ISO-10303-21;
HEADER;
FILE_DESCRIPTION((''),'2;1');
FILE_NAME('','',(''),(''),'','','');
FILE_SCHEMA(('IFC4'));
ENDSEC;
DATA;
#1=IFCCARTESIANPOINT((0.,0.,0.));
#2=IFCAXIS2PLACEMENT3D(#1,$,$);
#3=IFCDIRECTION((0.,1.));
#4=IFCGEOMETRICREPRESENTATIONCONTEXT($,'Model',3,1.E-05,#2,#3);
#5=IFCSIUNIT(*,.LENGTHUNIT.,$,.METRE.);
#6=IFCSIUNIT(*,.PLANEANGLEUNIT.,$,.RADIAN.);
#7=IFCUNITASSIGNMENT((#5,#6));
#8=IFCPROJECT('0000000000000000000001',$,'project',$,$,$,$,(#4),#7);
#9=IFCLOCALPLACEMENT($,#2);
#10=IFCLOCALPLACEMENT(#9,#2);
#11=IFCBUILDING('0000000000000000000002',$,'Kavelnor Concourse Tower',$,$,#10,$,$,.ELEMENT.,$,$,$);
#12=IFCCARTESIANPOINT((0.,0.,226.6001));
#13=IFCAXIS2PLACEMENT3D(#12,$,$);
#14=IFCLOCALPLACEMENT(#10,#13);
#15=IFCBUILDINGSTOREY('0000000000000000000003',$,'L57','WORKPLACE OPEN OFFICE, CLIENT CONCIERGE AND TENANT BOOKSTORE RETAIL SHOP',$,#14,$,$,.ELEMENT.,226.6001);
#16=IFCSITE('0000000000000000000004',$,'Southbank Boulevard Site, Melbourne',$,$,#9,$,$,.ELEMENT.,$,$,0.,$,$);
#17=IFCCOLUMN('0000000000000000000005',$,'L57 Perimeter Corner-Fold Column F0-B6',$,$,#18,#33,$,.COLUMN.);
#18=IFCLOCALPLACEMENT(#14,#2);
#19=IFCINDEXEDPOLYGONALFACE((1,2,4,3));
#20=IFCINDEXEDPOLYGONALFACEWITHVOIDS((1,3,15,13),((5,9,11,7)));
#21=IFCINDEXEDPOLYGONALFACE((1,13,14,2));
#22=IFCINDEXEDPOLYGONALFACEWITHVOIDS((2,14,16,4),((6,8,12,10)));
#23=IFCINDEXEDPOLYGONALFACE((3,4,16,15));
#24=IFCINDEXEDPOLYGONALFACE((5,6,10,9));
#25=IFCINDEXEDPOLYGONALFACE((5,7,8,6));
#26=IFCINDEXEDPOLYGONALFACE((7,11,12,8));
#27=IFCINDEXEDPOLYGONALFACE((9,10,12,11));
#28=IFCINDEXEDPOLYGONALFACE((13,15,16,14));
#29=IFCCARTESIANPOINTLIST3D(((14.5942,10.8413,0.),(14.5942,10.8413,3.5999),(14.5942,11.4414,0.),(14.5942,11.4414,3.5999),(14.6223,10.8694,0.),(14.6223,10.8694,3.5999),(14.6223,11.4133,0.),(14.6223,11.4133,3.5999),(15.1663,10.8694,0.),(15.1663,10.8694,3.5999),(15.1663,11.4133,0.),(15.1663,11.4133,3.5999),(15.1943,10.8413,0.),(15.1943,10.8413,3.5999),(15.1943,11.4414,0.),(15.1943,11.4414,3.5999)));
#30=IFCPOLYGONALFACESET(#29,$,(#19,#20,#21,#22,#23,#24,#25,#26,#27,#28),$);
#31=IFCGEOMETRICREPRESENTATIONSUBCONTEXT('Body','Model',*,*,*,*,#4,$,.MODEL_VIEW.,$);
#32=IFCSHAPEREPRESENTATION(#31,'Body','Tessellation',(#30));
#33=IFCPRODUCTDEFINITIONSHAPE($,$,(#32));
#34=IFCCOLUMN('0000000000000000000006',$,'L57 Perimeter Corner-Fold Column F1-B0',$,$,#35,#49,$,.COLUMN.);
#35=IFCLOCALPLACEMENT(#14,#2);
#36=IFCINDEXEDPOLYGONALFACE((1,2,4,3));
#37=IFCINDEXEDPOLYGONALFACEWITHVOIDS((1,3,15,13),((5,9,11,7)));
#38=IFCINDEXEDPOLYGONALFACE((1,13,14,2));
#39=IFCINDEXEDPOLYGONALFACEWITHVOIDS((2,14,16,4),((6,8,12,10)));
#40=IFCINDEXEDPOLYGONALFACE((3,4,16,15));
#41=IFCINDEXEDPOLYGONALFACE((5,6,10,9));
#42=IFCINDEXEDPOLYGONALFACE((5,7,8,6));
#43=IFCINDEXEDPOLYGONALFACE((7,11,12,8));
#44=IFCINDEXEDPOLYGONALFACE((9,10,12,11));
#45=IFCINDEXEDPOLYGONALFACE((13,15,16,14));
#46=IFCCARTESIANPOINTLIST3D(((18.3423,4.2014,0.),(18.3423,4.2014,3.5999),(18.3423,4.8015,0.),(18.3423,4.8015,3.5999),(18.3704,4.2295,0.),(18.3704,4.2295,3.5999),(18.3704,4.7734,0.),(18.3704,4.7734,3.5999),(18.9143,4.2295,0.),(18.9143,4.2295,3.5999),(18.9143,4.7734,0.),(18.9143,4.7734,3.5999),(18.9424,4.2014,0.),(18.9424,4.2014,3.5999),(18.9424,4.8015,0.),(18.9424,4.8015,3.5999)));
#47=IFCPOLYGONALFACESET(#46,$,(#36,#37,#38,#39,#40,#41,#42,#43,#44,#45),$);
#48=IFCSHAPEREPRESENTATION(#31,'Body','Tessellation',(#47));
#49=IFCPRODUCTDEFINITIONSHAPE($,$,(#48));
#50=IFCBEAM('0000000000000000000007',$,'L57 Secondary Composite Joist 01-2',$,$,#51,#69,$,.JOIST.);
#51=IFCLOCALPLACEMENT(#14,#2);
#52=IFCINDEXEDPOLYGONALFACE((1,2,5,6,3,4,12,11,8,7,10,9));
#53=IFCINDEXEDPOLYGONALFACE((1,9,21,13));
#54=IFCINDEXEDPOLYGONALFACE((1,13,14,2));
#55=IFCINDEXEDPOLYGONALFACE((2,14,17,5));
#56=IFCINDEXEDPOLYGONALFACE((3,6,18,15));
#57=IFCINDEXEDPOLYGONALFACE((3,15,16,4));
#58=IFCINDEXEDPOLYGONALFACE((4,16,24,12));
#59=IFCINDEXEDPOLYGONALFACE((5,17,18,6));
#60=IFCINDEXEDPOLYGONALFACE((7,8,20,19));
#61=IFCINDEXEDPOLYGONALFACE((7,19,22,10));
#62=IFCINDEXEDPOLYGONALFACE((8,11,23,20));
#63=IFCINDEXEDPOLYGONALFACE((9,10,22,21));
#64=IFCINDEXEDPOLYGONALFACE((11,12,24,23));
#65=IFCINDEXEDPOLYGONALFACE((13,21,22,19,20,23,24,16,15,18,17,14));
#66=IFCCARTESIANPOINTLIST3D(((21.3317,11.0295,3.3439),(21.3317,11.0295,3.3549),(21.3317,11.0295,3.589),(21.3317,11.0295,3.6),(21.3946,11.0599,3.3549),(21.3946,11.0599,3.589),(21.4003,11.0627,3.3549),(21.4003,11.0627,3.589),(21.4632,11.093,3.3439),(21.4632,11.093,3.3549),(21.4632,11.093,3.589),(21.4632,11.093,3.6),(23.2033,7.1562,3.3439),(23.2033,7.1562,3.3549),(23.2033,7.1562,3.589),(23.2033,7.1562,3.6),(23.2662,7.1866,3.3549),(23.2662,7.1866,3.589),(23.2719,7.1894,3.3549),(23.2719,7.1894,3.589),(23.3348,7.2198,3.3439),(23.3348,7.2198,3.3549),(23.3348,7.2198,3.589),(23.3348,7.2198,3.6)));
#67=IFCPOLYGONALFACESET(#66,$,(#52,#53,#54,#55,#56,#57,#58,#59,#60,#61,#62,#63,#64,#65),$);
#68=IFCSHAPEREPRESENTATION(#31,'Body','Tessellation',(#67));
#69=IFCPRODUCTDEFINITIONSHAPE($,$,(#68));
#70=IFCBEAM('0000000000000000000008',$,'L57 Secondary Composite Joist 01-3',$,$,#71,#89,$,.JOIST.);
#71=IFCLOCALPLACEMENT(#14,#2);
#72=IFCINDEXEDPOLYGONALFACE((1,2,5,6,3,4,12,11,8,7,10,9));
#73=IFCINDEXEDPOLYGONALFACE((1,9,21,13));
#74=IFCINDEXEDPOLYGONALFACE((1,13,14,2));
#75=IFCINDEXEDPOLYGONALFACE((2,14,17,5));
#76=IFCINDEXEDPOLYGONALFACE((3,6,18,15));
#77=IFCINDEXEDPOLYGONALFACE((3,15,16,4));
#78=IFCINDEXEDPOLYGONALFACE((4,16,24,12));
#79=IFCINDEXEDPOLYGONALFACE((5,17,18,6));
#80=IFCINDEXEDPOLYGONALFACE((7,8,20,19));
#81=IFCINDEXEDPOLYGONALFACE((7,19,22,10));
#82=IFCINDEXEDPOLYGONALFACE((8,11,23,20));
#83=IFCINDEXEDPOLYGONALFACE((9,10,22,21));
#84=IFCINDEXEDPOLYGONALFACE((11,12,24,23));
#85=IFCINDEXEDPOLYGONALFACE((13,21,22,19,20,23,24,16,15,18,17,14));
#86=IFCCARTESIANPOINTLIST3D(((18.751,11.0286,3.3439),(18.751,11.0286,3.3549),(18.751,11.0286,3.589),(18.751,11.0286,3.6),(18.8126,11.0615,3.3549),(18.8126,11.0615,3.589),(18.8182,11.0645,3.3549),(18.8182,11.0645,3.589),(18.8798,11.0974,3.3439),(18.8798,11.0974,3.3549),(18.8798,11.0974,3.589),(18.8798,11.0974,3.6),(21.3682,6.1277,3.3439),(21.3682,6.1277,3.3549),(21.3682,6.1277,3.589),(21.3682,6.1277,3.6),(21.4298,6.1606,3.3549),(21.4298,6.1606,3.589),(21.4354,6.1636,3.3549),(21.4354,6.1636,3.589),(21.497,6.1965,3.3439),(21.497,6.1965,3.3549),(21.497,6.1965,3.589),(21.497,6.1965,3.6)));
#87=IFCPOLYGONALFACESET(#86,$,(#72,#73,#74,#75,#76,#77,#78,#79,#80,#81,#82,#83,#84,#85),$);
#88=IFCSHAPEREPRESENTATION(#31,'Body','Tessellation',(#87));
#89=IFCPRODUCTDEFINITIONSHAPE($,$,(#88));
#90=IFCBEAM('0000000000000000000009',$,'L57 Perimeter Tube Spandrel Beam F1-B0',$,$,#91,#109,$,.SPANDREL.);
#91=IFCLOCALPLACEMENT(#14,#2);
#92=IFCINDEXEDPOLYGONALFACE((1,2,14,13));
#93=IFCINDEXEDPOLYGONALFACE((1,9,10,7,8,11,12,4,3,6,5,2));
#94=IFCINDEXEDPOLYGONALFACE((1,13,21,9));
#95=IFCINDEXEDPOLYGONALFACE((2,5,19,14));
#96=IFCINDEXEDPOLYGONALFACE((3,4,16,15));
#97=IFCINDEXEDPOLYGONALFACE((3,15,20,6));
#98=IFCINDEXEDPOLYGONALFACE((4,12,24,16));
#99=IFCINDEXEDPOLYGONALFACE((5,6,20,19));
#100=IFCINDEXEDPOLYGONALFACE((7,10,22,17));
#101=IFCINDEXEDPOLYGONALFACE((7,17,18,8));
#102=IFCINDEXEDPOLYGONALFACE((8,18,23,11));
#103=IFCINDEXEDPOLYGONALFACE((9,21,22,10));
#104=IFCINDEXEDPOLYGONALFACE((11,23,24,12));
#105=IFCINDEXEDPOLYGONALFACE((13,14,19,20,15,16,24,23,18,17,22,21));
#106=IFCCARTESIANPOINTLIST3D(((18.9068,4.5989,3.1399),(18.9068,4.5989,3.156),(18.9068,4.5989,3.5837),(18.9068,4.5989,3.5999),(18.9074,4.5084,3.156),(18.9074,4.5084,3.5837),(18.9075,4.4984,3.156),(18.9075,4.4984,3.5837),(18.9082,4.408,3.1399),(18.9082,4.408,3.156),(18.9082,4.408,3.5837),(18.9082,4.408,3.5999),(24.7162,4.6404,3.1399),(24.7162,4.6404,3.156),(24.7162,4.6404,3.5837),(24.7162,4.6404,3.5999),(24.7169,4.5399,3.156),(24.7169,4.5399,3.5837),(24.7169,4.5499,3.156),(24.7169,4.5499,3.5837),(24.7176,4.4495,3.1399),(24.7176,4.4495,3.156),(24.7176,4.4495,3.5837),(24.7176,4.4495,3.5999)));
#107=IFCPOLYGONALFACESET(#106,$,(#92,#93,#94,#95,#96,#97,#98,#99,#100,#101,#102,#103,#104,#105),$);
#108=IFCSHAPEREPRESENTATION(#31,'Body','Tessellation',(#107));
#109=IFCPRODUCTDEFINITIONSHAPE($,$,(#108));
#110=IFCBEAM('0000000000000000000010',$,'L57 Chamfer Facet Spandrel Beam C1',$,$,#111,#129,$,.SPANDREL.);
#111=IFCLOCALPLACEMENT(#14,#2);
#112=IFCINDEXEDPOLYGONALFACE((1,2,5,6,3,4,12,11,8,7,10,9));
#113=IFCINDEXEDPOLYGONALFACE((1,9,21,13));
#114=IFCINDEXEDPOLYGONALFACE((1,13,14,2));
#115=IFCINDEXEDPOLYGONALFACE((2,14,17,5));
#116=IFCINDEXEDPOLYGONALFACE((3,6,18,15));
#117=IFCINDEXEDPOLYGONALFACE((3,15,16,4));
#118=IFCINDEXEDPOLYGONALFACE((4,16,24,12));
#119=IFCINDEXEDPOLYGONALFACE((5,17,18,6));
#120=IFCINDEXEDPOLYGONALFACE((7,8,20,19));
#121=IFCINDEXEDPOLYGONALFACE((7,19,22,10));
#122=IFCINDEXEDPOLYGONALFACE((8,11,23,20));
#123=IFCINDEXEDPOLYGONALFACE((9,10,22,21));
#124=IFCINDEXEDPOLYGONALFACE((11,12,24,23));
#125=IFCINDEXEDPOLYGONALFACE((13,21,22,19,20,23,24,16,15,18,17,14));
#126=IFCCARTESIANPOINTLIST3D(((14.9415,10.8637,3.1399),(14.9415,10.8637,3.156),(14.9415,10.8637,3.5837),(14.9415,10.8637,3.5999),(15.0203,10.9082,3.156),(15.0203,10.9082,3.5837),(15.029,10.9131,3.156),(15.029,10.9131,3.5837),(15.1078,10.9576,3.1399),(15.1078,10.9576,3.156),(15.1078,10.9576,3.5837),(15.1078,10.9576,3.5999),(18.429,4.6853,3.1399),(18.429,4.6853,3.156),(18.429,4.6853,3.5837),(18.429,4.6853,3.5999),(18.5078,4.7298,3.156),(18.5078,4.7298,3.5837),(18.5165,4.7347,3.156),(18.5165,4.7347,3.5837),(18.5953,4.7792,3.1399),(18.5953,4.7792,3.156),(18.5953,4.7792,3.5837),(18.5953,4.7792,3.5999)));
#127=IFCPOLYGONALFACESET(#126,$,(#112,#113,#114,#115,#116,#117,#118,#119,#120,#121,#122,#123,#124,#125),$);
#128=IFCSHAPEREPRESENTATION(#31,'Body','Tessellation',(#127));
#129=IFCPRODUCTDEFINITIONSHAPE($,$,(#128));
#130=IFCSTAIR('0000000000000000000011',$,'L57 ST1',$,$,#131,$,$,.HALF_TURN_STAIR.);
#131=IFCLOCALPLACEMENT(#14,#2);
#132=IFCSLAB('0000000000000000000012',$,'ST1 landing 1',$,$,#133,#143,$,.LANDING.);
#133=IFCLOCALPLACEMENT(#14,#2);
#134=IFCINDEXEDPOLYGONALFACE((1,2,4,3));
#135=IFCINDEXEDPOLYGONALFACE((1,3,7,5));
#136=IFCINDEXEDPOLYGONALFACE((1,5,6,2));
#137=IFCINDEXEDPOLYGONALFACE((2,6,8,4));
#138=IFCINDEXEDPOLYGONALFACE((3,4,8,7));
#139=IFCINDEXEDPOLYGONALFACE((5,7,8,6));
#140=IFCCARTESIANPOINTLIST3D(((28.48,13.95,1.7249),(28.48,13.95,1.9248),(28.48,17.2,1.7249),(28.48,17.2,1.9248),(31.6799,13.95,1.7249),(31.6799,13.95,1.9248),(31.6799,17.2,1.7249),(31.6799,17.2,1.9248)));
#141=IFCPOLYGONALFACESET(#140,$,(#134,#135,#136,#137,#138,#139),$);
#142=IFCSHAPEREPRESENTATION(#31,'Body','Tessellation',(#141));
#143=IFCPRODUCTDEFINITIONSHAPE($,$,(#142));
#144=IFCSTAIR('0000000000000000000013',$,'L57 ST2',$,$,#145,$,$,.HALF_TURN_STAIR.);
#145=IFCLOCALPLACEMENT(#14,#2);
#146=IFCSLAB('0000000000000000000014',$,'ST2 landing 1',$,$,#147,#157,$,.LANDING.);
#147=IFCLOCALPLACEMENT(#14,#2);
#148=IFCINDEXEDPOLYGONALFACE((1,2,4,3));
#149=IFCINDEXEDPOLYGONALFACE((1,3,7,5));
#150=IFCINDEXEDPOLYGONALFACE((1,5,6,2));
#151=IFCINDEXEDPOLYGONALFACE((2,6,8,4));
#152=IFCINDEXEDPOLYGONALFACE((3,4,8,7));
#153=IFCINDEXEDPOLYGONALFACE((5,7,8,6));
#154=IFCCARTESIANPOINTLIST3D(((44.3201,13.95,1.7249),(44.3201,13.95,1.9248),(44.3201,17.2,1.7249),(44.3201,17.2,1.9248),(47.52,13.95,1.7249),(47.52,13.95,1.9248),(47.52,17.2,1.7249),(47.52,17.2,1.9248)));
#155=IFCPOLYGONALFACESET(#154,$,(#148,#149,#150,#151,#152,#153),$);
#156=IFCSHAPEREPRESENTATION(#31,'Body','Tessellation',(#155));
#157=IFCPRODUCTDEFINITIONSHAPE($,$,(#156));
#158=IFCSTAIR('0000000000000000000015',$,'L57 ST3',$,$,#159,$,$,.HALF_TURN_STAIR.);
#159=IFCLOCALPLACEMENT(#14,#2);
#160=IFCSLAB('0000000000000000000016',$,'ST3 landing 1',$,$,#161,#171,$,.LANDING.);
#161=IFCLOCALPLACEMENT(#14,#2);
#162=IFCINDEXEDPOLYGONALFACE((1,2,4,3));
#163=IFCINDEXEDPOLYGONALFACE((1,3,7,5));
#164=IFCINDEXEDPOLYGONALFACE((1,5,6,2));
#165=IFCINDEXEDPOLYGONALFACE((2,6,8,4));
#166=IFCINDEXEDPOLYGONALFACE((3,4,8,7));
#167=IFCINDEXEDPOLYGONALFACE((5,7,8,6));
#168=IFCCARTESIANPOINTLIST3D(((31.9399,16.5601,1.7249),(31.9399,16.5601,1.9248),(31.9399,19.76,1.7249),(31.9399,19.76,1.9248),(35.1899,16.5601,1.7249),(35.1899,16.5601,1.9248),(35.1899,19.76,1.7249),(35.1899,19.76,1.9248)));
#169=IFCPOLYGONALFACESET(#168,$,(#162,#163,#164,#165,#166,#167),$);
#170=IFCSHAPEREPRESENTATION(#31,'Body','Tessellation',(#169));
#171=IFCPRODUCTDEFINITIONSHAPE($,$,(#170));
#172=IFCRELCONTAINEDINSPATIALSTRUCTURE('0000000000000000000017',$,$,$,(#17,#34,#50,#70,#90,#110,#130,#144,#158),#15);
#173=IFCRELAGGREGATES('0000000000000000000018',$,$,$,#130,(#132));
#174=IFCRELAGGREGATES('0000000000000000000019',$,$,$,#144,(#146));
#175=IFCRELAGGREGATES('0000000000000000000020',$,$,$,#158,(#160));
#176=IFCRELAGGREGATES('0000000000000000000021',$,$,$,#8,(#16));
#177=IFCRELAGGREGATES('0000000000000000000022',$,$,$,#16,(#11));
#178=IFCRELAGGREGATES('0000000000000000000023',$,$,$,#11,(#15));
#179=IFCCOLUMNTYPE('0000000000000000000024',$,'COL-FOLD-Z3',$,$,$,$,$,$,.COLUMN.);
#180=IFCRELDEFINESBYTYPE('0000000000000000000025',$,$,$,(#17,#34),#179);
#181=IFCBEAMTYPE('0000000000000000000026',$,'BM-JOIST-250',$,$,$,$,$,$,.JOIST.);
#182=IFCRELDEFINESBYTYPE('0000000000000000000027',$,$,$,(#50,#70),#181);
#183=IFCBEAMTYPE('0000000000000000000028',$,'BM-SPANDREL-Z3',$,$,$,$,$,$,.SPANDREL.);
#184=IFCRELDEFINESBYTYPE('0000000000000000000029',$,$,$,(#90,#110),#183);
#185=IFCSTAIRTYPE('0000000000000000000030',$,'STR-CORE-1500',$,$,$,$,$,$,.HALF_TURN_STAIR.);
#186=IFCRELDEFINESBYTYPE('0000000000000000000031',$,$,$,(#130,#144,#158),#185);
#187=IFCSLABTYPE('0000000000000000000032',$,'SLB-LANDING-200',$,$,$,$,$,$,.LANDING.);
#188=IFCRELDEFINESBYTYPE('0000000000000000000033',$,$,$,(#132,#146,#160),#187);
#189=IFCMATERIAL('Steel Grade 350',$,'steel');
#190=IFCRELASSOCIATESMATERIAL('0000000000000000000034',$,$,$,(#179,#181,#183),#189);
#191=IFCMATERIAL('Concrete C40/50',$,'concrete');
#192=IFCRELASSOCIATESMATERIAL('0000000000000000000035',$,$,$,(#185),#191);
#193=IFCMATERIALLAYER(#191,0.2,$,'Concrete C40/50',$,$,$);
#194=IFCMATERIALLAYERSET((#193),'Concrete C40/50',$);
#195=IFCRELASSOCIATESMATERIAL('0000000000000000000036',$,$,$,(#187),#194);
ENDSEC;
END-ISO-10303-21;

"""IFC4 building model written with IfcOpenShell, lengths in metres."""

from ifc_helpers import new_model, si_unit, direction, frame, origin, origin_2d, place, context, subcontext, project, spatial, polyline, hollow_rectangle, i_section, outline, extrude, material, layer, layer_set, material_profile, profile_set, type_object, element, aggregate, save


model = new_model("IFC4")

# Units and contexts
model_context = context("Model", 3, precision=1e-05, world=origin(), true_north=direction((0.0, 1.0)))
body_context = subcontext(model_context, "Body", "Model", "MODEL_VIEW")
ifc_project = project(units=[si_unit("LENGTHUNIT", "METRE"), si_unit("PLANEANGLEUNIT", "RADIAN")], contexts=[model_context])

# Site, building, storey
site_placement = place(None, origin())
site = spatial("IfcSite", under=ifc_project, at=site_placement, Name="Southbank Boulevard Site, Melbourne", CompositionType="ELEMENT", RefElevation=0.0)
building_placement = place(site_placement, origin())
building = spatial("IfcBuilding", under=site, at=building_placement, Name="Kavelnor Concourse Tower", CompositionType="ELEMENT")
storey_placement = place(building_placement, frame((0.0, 0.0, 226.6001)))
storey = spatial("IfcBuildingStorey", under=building, at=storey_placement, Name="L57", Description="WORKPLACE OPEN OFFICE, CLIENT CONCIERGE AND TENANT BOOKSTORE RETAIL SHOP", CompositionType="ELEMENT", Elevation=226.6001)

# Columns
ifc_material_1 = material(Name="Steel Grade 350", Category="steel")
ifc_material_profile_1 = material_profile(ifc_material_1, hollow_rectangle(XDim=0.6001, YDim=0.6001, WallThickness=0.0281, at=origin_2d()), Name="SHS 600x600x28")
ifc_profile_set_1 = profile_set([ifc_material_profile_1], Name="Steel Grade 350")
column_type = type_object("IfcColumnType", Name="COL-FOLD-Z3", PredefinedType="COLUMN", material=ifc_profile_set_1)
for number, where, z_axis, x_axis, name in (
    (1, (14.8943, 11.1414, 0.0), (0.0, 0.0, 1.0), (1.0, 0.0, 0.0), "L57 Perimeter Corner-Fold Column F0-B6"),
    (2, (18.6423, 4.5015, 0.0), (0.0, 0.0, 1.0), (1.0, 0.0, 0.0), "L57 Perimeter Corner-Fold Column F1-B0"),
):
    element("IfcColumn", number, at=place(storey_placement, frame(where, z_axis=z_axis, x_axis=x_axis)), inside=storey, type_object=column_type, Name=name, PredefinedType="COLUMN", context=body_context, shape_type="SweptSolid", body=[
        extrude(hollow_rectangle(XDim=0.6001, YDim=0.6001, WallThickness=0.0281, at=origin_2d()), origin(), (0.0, 0.0, 1.0), 3.5999),
    ])

# Beams
ifc_material_profile_2 = material_profile(ifc_material_1, i_section(OverallWidth=0.146, OverallDepth=0.2561, WebThickness=0.0063, FlangeThickness=0.011, at=origin_2d()), Name="250UB37")
ifc_profile_set_2 = profile_set([ifc_material_profile_2], Name="Steel Grade 350")
beam_type_1 = type_object("IfcBeamType", Name="BM-JOIST-250", PredefinedType="JOIST", material=ifc_profile_set_2)
beam_1_placement = place(storey_placement, frame((21.3975, 11.0613, 3.4719), z_axis=(0.435073, -0.900395, 0.0), x_axis=(0.900395, 0.435073, 0.0)))
element("IfcBeam", 3, at=beam_1_placement, inside=storey, type_object=beam_type_1, Name="L57 Secondary Composite Joist 01-2", PredefinedType="JOIST", context=body_context, shape_type="SweptSolid", body=[
    extrude(i_section(OverallWidth=0.146, OverallDepth=0.2561, WebThickness=0.0063, FlangeThickness=0.011, at=origin_2d()), origin(), (0.0, 0.0, 1.0), 4.3018),
])
beam_2_placement = place(storey_placement, frame((18.8154, 11.063, 3.4719), z_axis=(0.471063, -0.8821, 0.0), x_axis=(0.8821, 0.471063, 0.0)))
element("IfcBeam", 4, at=beam_2_placement, inside=storey, type_object=beam_type_1, Name="L57 Secondary Composite Joist 01-3", PredefinedType="JOIST", context=body_context, shape_type="SweptSolid", body=[
    extrude(i_section(OverallWidth=0.146, OverallDepth=0.2561, WebThickness=0.0063, FlangeThickness=0.011, at=origin_2d()), origin(), (0.0, 0.0, 1.0), 5.5559),
])
ifc_material_profile_3 = material_profile(ifc_material_1, i_section(OverallWidth=0.1909, OverallDepth=0.46, WebThickness=0.01, FlangeThickness=0.0161, at=origin_2d()), Name="460UB82")
ifc_profile_set_3 = profile_set([ifc_material_profile_3], Name="Steel Grade 350")
beam_type_2 = type_object("IfcBeamType", Name="BM-SPANDREL-Z3", PredefinedType="SPANDREL", material=ifc_profile_set_3)
beam_3_placement = place(storey_placement, frame((18.9075, 4.5034, 3.3699), z_axis=(0.999974, 0.007144, 0.0), x_axis=(-0.007144, 0.999974, 0.0)))
element("IfcBeam", 5, at=beam_3_placement, inside=storey, type_object=beam_type_2, Name="L57 Perimeter Tube Spandrel Beam F1-B0", PredefinedType="SPANDREL", context=body_context, shape_type="SweptSolid", body=[
    extrude(i_section(OverallWidth=0.1909, OverallDepth=0.46, WebThickness=0.01, FlangeThickness=0.0161, at=origin_2d()), origin(), (0.0, 0.0, 1.0), 5.8096),
])
beam_4_placement = place(storey_placement, frame((15.0247, 10.9106, 3.3699), z_axis=(0.491563, -0.870842, 0.0), x_axis=(0.870842, 0.491563, 0.0)))
element("IfcBeam", 6, at=beam_4_placement, inside=storey, type_object=beam_type_2, Name="L57 Chamfer Facet Spandrel Beam C1", PredefinedType="SPANDREL", context=body_context, shape_type="SweptSolid", body=[
    extrude(i_section(OverallWidth=0.1909, OverallDepth=0.46, WebThickness=0.01, FlangeThickness=0.0161, at=origin_2d()), origin(), (0.0, 0.0, 1.0), 7.0947),
])

# Stairs, slabs
ifc_material_2 = material(Name="Concrete C40/50", Category="concrete")
stair_type = type_object("IfcStairType", Name="STR-CORE-1500", PredefinedType="HALF_TURN_STAIR", material=ifc_material_2)
stair_1_placement = place(storey_placement, origin())
stair_1 = element("IfcStair", 7, at=stair_1_placement, inside=storey, type_object=stair_type, Name="L57 ST1", PredefinedType="HALF_TURN_STAIR")
ifc_layer_1 = layer(ifc_material_2, 0.2, Name="Concrete C40/50")
ifc_layer_set_1 = layer_set([ifc_layer_1], Name="Concrete C40/50")
slab_type_1 = type_object("IfcSlabType", Name="SLB-LANDING-200", PredefinedType="LANDING", material=ifc_layer_set_1)
slab_1_placement = place(storey_placement, frame((0.0, 0.0, 1.7249)))
slab_1 = element("IfcSlab", 8, at=slab_1_placement, type_object=slab_type_1, Name="ST1 landing 1", PredefinedType="LANDING", context=body_context, shape_type="SweptSolid", body=[
    extrude(outline(polyline([(31.6799, 13.95), (31.6799, 17.2), (28.48, 17.2), (28.48, 13.95), (31.6799, 13.95)])), origin(), (0.0, 0.0, 1.0), 0.2),
])
aggregate(stair_1, [slab_1])
stair_2_placement = place(storey_placement, origin())
stair_2 = element("IfcStair", 9, at=stair_2_placement, inside=storey, type_object=stair_type, Name="L57 ST2", PredefinedType="HALF_TURN_STAIR")
slab_2_placement = place(storey_placement, frame((0.0, 0.0, 1.7249)))
slab_2 = element("IfcSlab", 10, at=slab_2_placement, type_object=slab_type_1, Name="ST2 landing 1", PredefinedType="LANDING", context=body_context, shape_type="SweptSolid", body=[
    extrude(outline(polyline([(47.52, 13.95), (47.52, 17.2), (44.3201, 17.2), (44.3201, 13.95), (47.52, 13.95)])), origin(), (0.0, 0.0, 1.0), 0.2),
])
aggregate(stair_2, [slab_2])
stair_3_placement = place(storey_placement, origin())
stair_3 = element("IfcStair", 11, at=stair_3_placement, inside=storey, type_object=stair_type, Name="L57 ST3", PredefinedType="HALF_TURN_STAIR")
slab_3_placement = place(storey_placement, frame((0.0, 0.0, 1.7249)))
slab_3 = element("IfcSlab", 12, at=slab_3_placement, type_object=slab_type_1, Name="ST3 landing 1", PredefinedType="LANDING", context=body_context, shape_type="SweptSolid", body=[
    extrude(outline(polyline([(35.1899, 19.76), (31.9399, 19.76), (31.9399, 16.5601), (35.1899, 16.5601), (35.1899, 19.76)])), origin(), (0.0, 0.0, 1.0), 0.2),
])
aggregate(stair_3, [slab_3])

save(model, "model.ifc")
